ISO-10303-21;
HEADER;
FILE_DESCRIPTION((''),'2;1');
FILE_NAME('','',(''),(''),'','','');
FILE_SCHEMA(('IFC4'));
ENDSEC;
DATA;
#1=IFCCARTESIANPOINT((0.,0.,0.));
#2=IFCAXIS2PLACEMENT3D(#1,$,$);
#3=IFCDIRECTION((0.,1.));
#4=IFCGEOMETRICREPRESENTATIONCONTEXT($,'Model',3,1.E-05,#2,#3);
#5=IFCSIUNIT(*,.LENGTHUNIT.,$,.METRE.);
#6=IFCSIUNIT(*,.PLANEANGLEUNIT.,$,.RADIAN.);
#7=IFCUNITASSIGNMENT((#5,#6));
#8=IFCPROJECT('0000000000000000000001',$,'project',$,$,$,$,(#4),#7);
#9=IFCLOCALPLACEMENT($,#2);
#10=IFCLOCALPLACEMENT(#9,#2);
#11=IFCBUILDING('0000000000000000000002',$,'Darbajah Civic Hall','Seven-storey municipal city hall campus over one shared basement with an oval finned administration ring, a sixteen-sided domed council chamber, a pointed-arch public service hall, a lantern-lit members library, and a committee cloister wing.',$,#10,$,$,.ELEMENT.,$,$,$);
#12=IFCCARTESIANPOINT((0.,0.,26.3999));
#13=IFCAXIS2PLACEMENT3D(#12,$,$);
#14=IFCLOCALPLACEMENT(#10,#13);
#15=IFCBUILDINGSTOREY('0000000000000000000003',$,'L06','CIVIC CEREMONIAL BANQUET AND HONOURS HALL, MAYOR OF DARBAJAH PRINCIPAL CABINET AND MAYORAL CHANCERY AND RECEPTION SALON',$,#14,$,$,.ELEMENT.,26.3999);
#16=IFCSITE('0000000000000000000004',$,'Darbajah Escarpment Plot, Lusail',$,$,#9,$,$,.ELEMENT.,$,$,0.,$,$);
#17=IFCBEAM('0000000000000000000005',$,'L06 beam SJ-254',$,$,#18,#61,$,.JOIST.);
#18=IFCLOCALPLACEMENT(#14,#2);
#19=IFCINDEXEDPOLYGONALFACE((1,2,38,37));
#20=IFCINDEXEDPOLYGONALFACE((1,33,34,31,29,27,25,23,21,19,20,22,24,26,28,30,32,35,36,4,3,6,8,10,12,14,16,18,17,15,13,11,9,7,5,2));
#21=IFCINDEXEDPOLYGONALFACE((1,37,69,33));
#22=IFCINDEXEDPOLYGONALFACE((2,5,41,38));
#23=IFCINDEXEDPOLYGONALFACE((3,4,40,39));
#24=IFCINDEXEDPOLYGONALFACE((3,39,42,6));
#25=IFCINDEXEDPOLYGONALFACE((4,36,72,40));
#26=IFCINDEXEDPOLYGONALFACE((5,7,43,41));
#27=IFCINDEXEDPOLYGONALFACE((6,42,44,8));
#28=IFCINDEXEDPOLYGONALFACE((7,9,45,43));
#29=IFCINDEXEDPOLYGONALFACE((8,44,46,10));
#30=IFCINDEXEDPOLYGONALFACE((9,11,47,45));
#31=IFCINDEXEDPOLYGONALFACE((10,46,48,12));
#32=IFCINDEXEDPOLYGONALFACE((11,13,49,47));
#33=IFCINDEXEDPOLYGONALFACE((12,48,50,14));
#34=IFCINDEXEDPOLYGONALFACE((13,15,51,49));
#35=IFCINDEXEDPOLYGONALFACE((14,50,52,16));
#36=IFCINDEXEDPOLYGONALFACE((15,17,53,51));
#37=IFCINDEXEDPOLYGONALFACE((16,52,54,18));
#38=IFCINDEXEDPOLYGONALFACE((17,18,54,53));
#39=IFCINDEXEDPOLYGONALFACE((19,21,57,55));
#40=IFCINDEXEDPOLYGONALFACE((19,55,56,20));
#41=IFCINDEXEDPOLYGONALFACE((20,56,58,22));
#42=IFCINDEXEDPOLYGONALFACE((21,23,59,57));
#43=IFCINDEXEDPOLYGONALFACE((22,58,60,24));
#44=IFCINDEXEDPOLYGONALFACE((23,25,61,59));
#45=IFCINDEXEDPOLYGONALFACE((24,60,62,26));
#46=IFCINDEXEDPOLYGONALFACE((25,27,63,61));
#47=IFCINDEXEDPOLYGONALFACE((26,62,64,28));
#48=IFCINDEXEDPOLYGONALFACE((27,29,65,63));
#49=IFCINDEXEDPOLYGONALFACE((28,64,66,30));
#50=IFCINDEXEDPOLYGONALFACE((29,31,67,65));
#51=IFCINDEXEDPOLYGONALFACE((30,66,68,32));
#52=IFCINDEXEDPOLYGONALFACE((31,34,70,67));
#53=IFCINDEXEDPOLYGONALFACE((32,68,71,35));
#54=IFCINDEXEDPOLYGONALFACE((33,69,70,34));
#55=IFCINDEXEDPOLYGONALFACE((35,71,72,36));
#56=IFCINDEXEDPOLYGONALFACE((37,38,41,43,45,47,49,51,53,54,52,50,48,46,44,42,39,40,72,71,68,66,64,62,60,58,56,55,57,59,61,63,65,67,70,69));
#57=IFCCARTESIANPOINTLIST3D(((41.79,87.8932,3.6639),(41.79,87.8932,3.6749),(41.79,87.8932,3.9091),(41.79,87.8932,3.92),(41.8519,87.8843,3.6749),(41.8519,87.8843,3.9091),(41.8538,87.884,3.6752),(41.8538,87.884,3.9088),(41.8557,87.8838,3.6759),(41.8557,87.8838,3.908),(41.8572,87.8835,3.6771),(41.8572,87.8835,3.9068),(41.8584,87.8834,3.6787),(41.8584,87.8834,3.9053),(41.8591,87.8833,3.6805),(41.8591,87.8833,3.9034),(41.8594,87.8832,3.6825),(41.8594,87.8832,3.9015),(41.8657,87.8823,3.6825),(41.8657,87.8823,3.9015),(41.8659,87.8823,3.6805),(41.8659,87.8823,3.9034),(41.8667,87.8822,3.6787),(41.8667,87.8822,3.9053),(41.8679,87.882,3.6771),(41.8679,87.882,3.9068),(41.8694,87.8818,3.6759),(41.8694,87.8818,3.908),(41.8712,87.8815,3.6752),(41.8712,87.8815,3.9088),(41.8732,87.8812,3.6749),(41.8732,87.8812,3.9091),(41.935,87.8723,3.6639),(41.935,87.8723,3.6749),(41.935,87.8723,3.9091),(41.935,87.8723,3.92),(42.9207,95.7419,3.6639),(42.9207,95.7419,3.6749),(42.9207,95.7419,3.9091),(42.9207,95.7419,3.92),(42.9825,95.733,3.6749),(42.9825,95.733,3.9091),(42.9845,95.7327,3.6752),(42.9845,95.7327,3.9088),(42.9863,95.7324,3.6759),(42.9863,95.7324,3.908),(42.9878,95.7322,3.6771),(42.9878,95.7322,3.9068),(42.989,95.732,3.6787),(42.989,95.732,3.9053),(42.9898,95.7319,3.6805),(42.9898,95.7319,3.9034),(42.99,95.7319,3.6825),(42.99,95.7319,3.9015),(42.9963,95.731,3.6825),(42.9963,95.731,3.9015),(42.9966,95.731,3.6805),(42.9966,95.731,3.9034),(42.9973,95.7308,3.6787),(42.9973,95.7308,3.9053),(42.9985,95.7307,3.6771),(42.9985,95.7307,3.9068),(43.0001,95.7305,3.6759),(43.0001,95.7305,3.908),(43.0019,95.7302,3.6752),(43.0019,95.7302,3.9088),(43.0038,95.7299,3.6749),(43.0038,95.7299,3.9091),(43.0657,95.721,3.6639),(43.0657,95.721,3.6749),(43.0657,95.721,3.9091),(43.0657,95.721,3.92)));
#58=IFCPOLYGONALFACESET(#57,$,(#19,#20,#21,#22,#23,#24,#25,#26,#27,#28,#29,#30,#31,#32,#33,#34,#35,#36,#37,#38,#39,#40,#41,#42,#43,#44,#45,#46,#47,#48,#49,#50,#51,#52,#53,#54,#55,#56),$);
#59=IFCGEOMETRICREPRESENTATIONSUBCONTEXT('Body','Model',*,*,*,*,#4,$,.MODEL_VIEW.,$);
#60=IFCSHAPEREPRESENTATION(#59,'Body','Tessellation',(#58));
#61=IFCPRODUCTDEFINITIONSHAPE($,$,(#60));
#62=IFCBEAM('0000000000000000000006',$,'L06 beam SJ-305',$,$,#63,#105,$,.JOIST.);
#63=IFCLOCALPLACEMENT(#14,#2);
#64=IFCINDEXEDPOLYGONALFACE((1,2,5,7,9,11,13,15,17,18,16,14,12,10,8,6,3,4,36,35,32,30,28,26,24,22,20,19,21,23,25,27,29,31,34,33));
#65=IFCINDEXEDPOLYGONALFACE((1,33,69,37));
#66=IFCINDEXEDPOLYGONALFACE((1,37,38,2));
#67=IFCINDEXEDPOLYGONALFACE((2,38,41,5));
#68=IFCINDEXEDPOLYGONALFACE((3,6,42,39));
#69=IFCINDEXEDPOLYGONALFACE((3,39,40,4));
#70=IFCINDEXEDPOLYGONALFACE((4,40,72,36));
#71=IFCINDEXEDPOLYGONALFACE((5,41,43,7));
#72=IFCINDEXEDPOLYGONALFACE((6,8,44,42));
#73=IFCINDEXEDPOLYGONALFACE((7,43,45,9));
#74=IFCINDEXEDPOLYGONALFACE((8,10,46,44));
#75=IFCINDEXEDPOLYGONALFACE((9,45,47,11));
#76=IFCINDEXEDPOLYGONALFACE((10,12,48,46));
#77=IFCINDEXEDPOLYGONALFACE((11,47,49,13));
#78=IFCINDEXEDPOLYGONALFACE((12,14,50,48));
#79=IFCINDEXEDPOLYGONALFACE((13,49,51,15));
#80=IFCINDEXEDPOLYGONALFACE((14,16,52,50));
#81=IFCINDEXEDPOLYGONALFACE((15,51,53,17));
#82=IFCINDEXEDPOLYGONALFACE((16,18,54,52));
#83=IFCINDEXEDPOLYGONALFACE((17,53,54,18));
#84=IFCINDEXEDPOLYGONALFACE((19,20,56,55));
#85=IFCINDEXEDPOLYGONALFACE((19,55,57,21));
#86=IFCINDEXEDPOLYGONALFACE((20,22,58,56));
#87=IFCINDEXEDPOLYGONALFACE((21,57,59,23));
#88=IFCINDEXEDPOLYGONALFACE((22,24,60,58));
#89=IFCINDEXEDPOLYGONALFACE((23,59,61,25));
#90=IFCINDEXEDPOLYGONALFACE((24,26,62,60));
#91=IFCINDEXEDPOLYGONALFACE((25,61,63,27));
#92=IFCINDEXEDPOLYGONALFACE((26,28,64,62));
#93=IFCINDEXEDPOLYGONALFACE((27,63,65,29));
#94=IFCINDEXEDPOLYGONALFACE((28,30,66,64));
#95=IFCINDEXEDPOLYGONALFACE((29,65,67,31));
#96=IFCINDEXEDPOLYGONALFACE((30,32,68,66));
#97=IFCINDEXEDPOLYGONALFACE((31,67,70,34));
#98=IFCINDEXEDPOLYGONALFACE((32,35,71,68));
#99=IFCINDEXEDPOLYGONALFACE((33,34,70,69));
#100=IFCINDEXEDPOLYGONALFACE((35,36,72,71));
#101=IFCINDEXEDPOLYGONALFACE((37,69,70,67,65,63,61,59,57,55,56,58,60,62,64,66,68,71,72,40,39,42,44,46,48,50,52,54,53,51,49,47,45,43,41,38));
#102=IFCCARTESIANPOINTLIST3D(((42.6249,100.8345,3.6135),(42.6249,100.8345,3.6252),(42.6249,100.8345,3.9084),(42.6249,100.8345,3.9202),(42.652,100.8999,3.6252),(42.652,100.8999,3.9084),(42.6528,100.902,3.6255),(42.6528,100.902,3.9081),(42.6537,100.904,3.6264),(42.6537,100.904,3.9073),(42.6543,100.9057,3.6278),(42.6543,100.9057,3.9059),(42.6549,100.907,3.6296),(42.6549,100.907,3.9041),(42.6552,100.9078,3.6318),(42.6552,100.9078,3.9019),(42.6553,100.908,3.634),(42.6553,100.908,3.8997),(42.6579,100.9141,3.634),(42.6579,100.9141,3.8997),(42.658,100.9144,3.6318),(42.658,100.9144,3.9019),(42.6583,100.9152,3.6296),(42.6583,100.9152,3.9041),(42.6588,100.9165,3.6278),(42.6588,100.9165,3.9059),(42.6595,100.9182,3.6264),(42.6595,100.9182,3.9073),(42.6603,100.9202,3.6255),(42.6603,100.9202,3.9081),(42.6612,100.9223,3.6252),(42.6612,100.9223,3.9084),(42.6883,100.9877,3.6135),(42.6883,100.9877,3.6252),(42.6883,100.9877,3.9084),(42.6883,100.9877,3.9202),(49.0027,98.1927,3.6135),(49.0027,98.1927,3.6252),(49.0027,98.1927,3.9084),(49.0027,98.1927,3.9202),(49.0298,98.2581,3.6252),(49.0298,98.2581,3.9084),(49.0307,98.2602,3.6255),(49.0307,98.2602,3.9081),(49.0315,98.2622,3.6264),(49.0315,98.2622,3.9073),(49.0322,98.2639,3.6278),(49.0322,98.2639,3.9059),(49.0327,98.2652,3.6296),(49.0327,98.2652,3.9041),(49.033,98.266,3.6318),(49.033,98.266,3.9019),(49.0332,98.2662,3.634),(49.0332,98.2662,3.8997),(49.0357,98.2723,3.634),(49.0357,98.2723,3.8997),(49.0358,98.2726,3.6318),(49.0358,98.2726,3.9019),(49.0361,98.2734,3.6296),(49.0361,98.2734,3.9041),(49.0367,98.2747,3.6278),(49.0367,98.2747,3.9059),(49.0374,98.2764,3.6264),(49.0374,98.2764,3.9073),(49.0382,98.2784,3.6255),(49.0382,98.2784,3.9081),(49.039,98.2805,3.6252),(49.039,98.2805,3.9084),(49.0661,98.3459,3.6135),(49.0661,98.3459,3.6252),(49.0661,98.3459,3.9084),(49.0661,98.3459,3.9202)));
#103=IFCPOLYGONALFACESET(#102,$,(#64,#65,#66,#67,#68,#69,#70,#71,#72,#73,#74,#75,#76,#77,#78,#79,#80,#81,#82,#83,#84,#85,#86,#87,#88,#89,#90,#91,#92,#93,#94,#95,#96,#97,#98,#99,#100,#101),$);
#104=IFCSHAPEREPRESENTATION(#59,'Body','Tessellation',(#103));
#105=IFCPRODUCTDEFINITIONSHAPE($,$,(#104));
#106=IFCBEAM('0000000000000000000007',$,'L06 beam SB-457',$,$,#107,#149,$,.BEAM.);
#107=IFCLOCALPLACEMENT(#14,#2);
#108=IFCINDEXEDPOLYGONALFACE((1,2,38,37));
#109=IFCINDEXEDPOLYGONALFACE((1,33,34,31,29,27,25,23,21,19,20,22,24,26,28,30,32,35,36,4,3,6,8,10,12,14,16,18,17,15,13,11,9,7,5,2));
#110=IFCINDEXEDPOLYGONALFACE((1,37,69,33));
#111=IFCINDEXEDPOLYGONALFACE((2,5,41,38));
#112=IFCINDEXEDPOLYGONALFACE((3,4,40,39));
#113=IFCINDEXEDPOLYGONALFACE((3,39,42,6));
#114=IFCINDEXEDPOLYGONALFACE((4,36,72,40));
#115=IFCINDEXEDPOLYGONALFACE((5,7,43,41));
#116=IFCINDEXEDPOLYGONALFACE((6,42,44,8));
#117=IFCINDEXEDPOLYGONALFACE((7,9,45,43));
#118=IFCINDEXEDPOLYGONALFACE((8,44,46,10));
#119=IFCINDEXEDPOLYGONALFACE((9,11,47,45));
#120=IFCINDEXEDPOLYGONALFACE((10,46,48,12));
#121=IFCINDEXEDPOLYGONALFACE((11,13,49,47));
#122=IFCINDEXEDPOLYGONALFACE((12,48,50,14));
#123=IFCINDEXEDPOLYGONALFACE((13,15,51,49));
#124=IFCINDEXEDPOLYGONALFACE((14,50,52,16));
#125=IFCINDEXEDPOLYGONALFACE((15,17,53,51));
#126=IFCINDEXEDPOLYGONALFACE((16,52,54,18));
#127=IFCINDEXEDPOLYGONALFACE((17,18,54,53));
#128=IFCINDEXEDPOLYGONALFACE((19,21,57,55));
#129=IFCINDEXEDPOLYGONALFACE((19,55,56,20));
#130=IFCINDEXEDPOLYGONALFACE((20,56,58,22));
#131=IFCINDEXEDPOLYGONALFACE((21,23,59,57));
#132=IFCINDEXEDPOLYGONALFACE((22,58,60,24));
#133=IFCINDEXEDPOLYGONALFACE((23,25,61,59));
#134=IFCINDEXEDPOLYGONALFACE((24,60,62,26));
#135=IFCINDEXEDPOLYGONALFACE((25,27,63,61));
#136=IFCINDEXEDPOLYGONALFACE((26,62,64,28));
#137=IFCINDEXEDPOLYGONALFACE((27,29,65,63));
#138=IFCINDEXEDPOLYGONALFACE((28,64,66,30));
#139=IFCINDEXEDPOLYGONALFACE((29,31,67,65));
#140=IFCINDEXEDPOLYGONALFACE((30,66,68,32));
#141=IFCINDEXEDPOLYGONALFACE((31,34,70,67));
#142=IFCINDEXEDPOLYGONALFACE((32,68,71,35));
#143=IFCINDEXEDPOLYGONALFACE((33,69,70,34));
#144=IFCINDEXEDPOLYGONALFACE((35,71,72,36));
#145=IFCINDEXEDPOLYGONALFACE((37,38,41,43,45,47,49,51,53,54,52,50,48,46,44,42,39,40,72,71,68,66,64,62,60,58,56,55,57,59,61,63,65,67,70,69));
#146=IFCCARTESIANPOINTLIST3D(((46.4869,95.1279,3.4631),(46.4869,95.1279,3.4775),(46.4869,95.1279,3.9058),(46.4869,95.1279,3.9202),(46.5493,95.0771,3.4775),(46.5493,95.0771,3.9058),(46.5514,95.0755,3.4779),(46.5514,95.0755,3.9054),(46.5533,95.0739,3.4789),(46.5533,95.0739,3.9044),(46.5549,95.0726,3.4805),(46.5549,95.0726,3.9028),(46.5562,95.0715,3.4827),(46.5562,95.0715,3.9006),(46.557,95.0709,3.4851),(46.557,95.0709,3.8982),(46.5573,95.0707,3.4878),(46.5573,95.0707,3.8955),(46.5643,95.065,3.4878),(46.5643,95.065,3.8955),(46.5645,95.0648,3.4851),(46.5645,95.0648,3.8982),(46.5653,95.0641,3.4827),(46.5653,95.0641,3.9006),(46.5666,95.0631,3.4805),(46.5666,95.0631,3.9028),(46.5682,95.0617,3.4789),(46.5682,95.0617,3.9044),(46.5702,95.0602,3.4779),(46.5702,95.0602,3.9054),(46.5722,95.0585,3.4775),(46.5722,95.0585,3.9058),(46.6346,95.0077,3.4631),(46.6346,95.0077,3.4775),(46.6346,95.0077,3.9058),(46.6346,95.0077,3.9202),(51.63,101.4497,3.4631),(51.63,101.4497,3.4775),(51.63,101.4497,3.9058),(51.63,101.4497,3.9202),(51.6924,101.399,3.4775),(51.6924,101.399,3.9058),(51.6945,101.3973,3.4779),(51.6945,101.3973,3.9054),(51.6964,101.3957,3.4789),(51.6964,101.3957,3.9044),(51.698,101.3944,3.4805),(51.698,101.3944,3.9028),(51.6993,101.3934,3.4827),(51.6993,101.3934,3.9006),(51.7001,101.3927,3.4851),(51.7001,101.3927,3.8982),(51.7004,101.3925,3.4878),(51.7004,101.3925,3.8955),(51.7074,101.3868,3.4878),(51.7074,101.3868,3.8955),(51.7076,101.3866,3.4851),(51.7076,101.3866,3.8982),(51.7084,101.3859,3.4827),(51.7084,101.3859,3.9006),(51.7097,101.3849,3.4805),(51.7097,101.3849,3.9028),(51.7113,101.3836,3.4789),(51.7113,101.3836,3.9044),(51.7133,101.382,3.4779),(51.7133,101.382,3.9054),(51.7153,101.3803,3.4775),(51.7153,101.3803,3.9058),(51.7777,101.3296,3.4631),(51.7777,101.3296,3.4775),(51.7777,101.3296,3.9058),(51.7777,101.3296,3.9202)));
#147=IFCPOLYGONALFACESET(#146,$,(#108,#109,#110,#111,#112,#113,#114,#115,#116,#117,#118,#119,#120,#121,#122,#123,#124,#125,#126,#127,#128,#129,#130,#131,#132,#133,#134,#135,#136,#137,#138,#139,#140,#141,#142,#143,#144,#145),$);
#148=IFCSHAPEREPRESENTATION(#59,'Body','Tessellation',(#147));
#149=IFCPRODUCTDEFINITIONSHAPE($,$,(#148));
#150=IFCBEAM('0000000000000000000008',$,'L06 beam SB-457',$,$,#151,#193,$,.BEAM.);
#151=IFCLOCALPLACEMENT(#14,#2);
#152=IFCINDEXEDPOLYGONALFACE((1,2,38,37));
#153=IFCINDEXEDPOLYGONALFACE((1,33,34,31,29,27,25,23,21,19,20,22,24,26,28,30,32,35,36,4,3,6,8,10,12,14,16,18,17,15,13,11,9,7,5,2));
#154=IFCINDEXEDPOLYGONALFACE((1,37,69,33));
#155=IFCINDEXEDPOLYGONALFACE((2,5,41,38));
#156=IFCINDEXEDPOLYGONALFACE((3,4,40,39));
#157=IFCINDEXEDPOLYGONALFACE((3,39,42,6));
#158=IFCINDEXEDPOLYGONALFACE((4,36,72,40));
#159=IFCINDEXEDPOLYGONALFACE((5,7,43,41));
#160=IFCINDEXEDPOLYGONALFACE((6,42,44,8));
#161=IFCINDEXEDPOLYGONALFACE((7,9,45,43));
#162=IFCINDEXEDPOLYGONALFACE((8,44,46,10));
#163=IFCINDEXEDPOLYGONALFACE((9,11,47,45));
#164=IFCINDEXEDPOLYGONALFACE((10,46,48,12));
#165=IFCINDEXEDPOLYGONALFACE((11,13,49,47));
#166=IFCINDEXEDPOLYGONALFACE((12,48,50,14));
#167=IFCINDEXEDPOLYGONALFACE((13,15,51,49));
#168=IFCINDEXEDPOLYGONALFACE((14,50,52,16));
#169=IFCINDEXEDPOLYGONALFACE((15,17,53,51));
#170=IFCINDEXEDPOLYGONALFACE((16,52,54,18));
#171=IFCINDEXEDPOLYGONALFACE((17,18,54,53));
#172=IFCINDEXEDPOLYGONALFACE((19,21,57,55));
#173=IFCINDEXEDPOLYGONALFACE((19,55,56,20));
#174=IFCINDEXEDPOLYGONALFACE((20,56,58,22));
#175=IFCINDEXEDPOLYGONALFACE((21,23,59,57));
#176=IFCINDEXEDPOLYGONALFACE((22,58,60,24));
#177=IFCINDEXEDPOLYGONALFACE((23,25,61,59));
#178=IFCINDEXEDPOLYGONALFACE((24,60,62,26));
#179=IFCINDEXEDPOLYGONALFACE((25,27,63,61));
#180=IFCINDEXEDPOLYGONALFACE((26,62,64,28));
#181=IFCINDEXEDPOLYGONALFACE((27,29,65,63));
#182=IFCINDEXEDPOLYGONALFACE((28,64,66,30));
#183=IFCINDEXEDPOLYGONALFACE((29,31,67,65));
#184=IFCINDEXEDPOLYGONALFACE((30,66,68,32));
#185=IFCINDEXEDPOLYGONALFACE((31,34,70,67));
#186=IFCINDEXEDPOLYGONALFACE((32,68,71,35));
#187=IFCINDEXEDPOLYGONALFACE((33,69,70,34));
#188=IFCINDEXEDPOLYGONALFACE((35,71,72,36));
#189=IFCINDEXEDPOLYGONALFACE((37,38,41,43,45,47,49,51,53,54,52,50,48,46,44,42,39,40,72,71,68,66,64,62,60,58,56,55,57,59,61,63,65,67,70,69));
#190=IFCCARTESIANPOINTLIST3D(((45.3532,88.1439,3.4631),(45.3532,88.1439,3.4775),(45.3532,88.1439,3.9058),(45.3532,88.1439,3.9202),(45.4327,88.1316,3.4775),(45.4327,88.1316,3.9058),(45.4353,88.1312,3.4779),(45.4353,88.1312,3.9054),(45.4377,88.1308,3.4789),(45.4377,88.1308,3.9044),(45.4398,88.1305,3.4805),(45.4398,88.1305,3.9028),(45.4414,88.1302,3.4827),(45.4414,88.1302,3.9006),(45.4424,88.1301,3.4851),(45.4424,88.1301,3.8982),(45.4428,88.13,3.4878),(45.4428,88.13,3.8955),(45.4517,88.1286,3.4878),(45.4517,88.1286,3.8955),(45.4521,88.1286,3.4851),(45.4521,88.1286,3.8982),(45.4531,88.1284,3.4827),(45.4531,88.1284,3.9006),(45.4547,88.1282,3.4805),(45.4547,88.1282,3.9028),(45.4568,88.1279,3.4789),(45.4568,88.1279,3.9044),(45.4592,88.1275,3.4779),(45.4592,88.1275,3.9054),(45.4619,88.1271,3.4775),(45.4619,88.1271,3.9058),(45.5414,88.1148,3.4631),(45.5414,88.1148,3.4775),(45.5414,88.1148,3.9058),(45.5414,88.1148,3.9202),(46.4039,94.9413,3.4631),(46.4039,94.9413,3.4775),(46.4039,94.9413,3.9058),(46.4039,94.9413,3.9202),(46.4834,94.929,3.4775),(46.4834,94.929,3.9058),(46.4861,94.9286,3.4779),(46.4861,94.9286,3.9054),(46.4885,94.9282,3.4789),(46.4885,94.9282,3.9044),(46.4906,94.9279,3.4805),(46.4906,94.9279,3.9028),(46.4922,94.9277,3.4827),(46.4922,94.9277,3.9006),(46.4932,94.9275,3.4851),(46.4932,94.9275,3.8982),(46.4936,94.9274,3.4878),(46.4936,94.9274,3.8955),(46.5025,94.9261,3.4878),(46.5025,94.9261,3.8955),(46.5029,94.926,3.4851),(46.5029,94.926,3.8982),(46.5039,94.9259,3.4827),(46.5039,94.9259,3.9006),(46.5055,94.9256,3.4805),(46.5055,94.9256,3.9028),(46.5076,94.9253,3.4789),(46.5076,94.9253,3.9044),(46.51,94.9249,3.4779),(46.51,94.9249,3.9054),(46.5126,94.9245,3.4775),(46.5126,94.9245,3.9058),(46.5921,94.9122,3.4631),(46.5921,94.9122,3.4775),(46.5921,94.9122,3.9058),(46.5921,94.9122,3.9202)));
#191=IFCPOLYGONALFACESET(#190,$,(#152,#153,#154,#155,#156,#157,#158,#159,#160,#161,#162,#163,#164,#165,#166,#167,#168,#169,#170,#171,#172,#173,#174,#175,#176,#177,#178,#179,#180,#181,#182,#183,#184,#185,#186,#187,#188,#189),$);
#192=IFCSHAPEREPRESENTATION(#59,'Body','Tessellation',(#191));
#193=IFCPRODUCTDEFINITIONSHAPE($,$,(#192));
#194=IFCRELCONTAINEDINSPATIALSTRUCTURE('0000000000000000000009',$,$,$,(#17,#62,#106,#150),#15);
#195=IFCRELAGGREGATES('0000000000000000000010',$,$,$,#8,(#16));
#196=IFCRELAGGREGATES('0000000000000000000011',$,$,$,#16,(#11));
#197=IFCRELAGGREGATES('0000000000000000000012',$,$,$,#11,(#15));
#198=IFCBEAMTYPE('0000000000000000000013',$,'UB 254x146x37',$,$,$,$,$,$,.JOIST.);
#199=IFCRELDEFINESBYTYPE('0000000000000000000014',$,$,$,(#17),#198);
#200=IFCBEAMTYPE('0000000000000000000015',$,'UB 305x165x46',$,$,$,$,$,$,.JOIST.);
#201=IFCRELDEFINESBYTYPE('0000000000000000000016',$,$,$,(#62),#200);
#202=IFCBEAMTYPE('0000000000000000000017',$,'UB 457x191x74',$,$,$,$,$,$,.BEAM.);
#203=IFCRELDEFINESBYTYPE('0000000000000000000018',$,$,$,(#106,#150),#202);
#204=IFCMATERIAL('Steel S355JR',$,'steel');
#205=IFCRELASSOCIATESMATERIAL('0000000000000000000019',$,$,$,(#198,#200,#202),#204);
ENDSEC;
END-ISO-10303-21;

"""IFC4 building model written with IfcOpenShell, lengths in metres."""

from ifc_helpers import new_model, si_unit, direction, frame, origin, origin_2d, place, context, subcontext, project, spatial, i_section, extrude, material, material_profile, profile_set, type_object, element, save


model = new_model("IFC4")

# Units and contexts
model_context = context("Model", 3, precision=1e-05, world=origin(), true_north=direction((0.0, 1.0)))
body_context = subcontext(model_context, "Body", "Model", "MODEL_VIEW")
ifc_project = project(units=[si_unit("LENGTHUNIT", "METRE"), si_unit("PLANEANGLEUNIT", "RADIAN")], contexts=[model_context])

# Site, building, storey
site_placement = place(None, origin())
site = spatial("IfcSite", under=ifc_project, at=site_placement, Name="Darbajah Escarpment Plot, Lusail", CompositionType="ELEMENT", RefElevation=0.0)
building_placement = place(site_placement, origin())
building = spatial("IfcBuilding", under=site, at=building_placement, Name="Darbajah Civic Hall", Description="Seven-storey municipal city hall campus over one shared basement with an oval finned administration ring, a sixteen-sided domed council chamber, a pointed-arch public service hall, a lantern-lit members library, and a committee cloister wing.", CompositionType="ELEMENT")
storey_placement = place(building_placement, frame((0.0, 0.0, 26.3999)))
storey = spatial("IfcBuildingStorey", under=building, at=storey_placement, Name="L06", Description="CIVIC CEREMONIAL BANQUET AND HONOURS HALL, MAYOR OF DARBAJAH PRINCIPAL CABINET AND MAYORAL CHANCERY AND RECEPTION SALON", CompositionType="ELEMENT", Elevation=26.3999)

# Beams
ifc_material_1 = material(Name="Steel S355JR", Category="steel")
ifc_material_profile_1 = material_profile(ifc_material_1, i_section(OverallWidth=0.1465, OverallDepth=0.2561, WebThickness=0.0063, FlangeThickness=0.011, FilletRadius=0.0076, at=origin_2d()), Name="UB 254x146x37")
ifc_profile_set_1 = profile_set([ifc_material_profile_1], Name="Steel S355JR")
beam_type_1 = type_object("IfcBeamType", Name="UB 254x146x37", PredefinedType="JOIST", material=ifc_profile_set_1)
beam_1_placement = place(storey_placement, frame((42.9932, 95.7314, 3.792), z_axis=(-0.142581, -0.989783, 0.0), x_axis=(0.989783, -0.142581, 0.0)))
element("IfcBeam", 1, at=beam_1_placement, inside=storey, type_object=beam_type_1, Name="L06 beam SJ-254", PredefinedType="JOIST", context=body_context, shape_type="SweptSolid", body=[
    extrude(i_section(OverallWidth=0.1465, OverallDepth=0.2561, WebThickness=0.0063, FlangeThickness=0.011, FilletRadius=0.0076, at=origin_2d()), origin(), (0.0, 0.0, 1.0), 7.9297),
])
ifc_material_profile_2 = material_profile(ifc_material_1, i_section(OverallWidth=0.1658, OverallDepth=0.3066, WebThickness=0.0066, FlangeThickness=0.0117, FilletRadius=0.0088, at=origin_2d()), Name="UB 305x165x46")
ifc_profile_set_2 = profile_set([ifc_material_profile_2], Name="Steel S355JR")
beam_type_2 = type_object("IfcBeamType", Name="UB 305x165x46", PredefinedType="JOIST", material=ifc_profile_set_2)
beam_2_placement = place(storey_placement, frame((49.0344, 98.2693, 3.7668), z_axis=(-0.923878, 0.382686, 0.0), x_axis=(-0.382686, -0.923878, 0.0)))
element("IfcBeam", 2, at=beam_2_placement, inside=storey, type_object=beam_type_2, Name="L06 beam SJ-305", PredefinedType="JOIST", context=body_context, shape_type="SweptSolid", body=[
    extrude(i_section(OverallWidth=0.1658, OverallDepth=0.3066, WebThickness=0.0066, FlangeThickness=0.0117, FilletRadius=0.0088, at=origin_2d()), origin(), (0.0, 0.0, 1.0), 6.9033),
])
ifc_material_profile_3 = material_profile(ifc_material_1, i_section(OverallWidth=0.1904, OverallDepth=0.457, WebThickness=0.009, FlangeThickness=0.0144, FilletRadius=0.0103, at=origin_2d()), Name="UB 457x191x74")
ifc_profile_set_3 = profile_set([ifc_material_profile_3], Name="Steel S355JR")
beam_type_3 = type_object("IfcBeamType", Name="UB 457x191x74", PredefinedType="BEAM", material=ifc_profile_set_3)
beam_3_placement = place(storey_placement, frame((51.7039, 101.3896, 3.6917), z_axis=(-0.631082, -0.775716, 0.0), x_axis=(0.775716, -0.631082, 0.0)))
element("IfcBeam", 3, at=beam_3_placement, inside=storey, type_object=beam_type_3, Name="L06 beam SB-457", PredefinedType="BEAM", context=body_context, shape_type="SweptSolid", body=[
    extrude(i_section(OverallWidth=0.1904, OverallDepth=0.457, WebThickness=0.009, FlangeThickness=0.0144, FilletRadius=0.0103, at=origin_2d()), origin(), (0.0, 0.0, 1.0), 8.1497),
])
beam_4_placement = place(storey_placement, frame((46.498, 94.9268, 3.6917), z_axis=(-0.152772, -0.988261, 0.0), x_axis=(0.988261, -0.152772, 0.0)))
element("IfcBeam", 4, at=beam_4_placement, inside=storey, type_object=beam_type_3, Name="L06 beam SB-457", PredefinedType="BEAM", context=body_context, shape_type="SweptSolid", body=[
    extrude(i_section(OverallWidth=0.1904, OverallDepth=0.457, WebThickness=0.009, FlangeThickness=0.0144, FilletRadius=0.0103, at=origin_2d()), origin(), (0.0, 0.0, 1.0), 6.8782),
])

save(model, "model.ifc")
